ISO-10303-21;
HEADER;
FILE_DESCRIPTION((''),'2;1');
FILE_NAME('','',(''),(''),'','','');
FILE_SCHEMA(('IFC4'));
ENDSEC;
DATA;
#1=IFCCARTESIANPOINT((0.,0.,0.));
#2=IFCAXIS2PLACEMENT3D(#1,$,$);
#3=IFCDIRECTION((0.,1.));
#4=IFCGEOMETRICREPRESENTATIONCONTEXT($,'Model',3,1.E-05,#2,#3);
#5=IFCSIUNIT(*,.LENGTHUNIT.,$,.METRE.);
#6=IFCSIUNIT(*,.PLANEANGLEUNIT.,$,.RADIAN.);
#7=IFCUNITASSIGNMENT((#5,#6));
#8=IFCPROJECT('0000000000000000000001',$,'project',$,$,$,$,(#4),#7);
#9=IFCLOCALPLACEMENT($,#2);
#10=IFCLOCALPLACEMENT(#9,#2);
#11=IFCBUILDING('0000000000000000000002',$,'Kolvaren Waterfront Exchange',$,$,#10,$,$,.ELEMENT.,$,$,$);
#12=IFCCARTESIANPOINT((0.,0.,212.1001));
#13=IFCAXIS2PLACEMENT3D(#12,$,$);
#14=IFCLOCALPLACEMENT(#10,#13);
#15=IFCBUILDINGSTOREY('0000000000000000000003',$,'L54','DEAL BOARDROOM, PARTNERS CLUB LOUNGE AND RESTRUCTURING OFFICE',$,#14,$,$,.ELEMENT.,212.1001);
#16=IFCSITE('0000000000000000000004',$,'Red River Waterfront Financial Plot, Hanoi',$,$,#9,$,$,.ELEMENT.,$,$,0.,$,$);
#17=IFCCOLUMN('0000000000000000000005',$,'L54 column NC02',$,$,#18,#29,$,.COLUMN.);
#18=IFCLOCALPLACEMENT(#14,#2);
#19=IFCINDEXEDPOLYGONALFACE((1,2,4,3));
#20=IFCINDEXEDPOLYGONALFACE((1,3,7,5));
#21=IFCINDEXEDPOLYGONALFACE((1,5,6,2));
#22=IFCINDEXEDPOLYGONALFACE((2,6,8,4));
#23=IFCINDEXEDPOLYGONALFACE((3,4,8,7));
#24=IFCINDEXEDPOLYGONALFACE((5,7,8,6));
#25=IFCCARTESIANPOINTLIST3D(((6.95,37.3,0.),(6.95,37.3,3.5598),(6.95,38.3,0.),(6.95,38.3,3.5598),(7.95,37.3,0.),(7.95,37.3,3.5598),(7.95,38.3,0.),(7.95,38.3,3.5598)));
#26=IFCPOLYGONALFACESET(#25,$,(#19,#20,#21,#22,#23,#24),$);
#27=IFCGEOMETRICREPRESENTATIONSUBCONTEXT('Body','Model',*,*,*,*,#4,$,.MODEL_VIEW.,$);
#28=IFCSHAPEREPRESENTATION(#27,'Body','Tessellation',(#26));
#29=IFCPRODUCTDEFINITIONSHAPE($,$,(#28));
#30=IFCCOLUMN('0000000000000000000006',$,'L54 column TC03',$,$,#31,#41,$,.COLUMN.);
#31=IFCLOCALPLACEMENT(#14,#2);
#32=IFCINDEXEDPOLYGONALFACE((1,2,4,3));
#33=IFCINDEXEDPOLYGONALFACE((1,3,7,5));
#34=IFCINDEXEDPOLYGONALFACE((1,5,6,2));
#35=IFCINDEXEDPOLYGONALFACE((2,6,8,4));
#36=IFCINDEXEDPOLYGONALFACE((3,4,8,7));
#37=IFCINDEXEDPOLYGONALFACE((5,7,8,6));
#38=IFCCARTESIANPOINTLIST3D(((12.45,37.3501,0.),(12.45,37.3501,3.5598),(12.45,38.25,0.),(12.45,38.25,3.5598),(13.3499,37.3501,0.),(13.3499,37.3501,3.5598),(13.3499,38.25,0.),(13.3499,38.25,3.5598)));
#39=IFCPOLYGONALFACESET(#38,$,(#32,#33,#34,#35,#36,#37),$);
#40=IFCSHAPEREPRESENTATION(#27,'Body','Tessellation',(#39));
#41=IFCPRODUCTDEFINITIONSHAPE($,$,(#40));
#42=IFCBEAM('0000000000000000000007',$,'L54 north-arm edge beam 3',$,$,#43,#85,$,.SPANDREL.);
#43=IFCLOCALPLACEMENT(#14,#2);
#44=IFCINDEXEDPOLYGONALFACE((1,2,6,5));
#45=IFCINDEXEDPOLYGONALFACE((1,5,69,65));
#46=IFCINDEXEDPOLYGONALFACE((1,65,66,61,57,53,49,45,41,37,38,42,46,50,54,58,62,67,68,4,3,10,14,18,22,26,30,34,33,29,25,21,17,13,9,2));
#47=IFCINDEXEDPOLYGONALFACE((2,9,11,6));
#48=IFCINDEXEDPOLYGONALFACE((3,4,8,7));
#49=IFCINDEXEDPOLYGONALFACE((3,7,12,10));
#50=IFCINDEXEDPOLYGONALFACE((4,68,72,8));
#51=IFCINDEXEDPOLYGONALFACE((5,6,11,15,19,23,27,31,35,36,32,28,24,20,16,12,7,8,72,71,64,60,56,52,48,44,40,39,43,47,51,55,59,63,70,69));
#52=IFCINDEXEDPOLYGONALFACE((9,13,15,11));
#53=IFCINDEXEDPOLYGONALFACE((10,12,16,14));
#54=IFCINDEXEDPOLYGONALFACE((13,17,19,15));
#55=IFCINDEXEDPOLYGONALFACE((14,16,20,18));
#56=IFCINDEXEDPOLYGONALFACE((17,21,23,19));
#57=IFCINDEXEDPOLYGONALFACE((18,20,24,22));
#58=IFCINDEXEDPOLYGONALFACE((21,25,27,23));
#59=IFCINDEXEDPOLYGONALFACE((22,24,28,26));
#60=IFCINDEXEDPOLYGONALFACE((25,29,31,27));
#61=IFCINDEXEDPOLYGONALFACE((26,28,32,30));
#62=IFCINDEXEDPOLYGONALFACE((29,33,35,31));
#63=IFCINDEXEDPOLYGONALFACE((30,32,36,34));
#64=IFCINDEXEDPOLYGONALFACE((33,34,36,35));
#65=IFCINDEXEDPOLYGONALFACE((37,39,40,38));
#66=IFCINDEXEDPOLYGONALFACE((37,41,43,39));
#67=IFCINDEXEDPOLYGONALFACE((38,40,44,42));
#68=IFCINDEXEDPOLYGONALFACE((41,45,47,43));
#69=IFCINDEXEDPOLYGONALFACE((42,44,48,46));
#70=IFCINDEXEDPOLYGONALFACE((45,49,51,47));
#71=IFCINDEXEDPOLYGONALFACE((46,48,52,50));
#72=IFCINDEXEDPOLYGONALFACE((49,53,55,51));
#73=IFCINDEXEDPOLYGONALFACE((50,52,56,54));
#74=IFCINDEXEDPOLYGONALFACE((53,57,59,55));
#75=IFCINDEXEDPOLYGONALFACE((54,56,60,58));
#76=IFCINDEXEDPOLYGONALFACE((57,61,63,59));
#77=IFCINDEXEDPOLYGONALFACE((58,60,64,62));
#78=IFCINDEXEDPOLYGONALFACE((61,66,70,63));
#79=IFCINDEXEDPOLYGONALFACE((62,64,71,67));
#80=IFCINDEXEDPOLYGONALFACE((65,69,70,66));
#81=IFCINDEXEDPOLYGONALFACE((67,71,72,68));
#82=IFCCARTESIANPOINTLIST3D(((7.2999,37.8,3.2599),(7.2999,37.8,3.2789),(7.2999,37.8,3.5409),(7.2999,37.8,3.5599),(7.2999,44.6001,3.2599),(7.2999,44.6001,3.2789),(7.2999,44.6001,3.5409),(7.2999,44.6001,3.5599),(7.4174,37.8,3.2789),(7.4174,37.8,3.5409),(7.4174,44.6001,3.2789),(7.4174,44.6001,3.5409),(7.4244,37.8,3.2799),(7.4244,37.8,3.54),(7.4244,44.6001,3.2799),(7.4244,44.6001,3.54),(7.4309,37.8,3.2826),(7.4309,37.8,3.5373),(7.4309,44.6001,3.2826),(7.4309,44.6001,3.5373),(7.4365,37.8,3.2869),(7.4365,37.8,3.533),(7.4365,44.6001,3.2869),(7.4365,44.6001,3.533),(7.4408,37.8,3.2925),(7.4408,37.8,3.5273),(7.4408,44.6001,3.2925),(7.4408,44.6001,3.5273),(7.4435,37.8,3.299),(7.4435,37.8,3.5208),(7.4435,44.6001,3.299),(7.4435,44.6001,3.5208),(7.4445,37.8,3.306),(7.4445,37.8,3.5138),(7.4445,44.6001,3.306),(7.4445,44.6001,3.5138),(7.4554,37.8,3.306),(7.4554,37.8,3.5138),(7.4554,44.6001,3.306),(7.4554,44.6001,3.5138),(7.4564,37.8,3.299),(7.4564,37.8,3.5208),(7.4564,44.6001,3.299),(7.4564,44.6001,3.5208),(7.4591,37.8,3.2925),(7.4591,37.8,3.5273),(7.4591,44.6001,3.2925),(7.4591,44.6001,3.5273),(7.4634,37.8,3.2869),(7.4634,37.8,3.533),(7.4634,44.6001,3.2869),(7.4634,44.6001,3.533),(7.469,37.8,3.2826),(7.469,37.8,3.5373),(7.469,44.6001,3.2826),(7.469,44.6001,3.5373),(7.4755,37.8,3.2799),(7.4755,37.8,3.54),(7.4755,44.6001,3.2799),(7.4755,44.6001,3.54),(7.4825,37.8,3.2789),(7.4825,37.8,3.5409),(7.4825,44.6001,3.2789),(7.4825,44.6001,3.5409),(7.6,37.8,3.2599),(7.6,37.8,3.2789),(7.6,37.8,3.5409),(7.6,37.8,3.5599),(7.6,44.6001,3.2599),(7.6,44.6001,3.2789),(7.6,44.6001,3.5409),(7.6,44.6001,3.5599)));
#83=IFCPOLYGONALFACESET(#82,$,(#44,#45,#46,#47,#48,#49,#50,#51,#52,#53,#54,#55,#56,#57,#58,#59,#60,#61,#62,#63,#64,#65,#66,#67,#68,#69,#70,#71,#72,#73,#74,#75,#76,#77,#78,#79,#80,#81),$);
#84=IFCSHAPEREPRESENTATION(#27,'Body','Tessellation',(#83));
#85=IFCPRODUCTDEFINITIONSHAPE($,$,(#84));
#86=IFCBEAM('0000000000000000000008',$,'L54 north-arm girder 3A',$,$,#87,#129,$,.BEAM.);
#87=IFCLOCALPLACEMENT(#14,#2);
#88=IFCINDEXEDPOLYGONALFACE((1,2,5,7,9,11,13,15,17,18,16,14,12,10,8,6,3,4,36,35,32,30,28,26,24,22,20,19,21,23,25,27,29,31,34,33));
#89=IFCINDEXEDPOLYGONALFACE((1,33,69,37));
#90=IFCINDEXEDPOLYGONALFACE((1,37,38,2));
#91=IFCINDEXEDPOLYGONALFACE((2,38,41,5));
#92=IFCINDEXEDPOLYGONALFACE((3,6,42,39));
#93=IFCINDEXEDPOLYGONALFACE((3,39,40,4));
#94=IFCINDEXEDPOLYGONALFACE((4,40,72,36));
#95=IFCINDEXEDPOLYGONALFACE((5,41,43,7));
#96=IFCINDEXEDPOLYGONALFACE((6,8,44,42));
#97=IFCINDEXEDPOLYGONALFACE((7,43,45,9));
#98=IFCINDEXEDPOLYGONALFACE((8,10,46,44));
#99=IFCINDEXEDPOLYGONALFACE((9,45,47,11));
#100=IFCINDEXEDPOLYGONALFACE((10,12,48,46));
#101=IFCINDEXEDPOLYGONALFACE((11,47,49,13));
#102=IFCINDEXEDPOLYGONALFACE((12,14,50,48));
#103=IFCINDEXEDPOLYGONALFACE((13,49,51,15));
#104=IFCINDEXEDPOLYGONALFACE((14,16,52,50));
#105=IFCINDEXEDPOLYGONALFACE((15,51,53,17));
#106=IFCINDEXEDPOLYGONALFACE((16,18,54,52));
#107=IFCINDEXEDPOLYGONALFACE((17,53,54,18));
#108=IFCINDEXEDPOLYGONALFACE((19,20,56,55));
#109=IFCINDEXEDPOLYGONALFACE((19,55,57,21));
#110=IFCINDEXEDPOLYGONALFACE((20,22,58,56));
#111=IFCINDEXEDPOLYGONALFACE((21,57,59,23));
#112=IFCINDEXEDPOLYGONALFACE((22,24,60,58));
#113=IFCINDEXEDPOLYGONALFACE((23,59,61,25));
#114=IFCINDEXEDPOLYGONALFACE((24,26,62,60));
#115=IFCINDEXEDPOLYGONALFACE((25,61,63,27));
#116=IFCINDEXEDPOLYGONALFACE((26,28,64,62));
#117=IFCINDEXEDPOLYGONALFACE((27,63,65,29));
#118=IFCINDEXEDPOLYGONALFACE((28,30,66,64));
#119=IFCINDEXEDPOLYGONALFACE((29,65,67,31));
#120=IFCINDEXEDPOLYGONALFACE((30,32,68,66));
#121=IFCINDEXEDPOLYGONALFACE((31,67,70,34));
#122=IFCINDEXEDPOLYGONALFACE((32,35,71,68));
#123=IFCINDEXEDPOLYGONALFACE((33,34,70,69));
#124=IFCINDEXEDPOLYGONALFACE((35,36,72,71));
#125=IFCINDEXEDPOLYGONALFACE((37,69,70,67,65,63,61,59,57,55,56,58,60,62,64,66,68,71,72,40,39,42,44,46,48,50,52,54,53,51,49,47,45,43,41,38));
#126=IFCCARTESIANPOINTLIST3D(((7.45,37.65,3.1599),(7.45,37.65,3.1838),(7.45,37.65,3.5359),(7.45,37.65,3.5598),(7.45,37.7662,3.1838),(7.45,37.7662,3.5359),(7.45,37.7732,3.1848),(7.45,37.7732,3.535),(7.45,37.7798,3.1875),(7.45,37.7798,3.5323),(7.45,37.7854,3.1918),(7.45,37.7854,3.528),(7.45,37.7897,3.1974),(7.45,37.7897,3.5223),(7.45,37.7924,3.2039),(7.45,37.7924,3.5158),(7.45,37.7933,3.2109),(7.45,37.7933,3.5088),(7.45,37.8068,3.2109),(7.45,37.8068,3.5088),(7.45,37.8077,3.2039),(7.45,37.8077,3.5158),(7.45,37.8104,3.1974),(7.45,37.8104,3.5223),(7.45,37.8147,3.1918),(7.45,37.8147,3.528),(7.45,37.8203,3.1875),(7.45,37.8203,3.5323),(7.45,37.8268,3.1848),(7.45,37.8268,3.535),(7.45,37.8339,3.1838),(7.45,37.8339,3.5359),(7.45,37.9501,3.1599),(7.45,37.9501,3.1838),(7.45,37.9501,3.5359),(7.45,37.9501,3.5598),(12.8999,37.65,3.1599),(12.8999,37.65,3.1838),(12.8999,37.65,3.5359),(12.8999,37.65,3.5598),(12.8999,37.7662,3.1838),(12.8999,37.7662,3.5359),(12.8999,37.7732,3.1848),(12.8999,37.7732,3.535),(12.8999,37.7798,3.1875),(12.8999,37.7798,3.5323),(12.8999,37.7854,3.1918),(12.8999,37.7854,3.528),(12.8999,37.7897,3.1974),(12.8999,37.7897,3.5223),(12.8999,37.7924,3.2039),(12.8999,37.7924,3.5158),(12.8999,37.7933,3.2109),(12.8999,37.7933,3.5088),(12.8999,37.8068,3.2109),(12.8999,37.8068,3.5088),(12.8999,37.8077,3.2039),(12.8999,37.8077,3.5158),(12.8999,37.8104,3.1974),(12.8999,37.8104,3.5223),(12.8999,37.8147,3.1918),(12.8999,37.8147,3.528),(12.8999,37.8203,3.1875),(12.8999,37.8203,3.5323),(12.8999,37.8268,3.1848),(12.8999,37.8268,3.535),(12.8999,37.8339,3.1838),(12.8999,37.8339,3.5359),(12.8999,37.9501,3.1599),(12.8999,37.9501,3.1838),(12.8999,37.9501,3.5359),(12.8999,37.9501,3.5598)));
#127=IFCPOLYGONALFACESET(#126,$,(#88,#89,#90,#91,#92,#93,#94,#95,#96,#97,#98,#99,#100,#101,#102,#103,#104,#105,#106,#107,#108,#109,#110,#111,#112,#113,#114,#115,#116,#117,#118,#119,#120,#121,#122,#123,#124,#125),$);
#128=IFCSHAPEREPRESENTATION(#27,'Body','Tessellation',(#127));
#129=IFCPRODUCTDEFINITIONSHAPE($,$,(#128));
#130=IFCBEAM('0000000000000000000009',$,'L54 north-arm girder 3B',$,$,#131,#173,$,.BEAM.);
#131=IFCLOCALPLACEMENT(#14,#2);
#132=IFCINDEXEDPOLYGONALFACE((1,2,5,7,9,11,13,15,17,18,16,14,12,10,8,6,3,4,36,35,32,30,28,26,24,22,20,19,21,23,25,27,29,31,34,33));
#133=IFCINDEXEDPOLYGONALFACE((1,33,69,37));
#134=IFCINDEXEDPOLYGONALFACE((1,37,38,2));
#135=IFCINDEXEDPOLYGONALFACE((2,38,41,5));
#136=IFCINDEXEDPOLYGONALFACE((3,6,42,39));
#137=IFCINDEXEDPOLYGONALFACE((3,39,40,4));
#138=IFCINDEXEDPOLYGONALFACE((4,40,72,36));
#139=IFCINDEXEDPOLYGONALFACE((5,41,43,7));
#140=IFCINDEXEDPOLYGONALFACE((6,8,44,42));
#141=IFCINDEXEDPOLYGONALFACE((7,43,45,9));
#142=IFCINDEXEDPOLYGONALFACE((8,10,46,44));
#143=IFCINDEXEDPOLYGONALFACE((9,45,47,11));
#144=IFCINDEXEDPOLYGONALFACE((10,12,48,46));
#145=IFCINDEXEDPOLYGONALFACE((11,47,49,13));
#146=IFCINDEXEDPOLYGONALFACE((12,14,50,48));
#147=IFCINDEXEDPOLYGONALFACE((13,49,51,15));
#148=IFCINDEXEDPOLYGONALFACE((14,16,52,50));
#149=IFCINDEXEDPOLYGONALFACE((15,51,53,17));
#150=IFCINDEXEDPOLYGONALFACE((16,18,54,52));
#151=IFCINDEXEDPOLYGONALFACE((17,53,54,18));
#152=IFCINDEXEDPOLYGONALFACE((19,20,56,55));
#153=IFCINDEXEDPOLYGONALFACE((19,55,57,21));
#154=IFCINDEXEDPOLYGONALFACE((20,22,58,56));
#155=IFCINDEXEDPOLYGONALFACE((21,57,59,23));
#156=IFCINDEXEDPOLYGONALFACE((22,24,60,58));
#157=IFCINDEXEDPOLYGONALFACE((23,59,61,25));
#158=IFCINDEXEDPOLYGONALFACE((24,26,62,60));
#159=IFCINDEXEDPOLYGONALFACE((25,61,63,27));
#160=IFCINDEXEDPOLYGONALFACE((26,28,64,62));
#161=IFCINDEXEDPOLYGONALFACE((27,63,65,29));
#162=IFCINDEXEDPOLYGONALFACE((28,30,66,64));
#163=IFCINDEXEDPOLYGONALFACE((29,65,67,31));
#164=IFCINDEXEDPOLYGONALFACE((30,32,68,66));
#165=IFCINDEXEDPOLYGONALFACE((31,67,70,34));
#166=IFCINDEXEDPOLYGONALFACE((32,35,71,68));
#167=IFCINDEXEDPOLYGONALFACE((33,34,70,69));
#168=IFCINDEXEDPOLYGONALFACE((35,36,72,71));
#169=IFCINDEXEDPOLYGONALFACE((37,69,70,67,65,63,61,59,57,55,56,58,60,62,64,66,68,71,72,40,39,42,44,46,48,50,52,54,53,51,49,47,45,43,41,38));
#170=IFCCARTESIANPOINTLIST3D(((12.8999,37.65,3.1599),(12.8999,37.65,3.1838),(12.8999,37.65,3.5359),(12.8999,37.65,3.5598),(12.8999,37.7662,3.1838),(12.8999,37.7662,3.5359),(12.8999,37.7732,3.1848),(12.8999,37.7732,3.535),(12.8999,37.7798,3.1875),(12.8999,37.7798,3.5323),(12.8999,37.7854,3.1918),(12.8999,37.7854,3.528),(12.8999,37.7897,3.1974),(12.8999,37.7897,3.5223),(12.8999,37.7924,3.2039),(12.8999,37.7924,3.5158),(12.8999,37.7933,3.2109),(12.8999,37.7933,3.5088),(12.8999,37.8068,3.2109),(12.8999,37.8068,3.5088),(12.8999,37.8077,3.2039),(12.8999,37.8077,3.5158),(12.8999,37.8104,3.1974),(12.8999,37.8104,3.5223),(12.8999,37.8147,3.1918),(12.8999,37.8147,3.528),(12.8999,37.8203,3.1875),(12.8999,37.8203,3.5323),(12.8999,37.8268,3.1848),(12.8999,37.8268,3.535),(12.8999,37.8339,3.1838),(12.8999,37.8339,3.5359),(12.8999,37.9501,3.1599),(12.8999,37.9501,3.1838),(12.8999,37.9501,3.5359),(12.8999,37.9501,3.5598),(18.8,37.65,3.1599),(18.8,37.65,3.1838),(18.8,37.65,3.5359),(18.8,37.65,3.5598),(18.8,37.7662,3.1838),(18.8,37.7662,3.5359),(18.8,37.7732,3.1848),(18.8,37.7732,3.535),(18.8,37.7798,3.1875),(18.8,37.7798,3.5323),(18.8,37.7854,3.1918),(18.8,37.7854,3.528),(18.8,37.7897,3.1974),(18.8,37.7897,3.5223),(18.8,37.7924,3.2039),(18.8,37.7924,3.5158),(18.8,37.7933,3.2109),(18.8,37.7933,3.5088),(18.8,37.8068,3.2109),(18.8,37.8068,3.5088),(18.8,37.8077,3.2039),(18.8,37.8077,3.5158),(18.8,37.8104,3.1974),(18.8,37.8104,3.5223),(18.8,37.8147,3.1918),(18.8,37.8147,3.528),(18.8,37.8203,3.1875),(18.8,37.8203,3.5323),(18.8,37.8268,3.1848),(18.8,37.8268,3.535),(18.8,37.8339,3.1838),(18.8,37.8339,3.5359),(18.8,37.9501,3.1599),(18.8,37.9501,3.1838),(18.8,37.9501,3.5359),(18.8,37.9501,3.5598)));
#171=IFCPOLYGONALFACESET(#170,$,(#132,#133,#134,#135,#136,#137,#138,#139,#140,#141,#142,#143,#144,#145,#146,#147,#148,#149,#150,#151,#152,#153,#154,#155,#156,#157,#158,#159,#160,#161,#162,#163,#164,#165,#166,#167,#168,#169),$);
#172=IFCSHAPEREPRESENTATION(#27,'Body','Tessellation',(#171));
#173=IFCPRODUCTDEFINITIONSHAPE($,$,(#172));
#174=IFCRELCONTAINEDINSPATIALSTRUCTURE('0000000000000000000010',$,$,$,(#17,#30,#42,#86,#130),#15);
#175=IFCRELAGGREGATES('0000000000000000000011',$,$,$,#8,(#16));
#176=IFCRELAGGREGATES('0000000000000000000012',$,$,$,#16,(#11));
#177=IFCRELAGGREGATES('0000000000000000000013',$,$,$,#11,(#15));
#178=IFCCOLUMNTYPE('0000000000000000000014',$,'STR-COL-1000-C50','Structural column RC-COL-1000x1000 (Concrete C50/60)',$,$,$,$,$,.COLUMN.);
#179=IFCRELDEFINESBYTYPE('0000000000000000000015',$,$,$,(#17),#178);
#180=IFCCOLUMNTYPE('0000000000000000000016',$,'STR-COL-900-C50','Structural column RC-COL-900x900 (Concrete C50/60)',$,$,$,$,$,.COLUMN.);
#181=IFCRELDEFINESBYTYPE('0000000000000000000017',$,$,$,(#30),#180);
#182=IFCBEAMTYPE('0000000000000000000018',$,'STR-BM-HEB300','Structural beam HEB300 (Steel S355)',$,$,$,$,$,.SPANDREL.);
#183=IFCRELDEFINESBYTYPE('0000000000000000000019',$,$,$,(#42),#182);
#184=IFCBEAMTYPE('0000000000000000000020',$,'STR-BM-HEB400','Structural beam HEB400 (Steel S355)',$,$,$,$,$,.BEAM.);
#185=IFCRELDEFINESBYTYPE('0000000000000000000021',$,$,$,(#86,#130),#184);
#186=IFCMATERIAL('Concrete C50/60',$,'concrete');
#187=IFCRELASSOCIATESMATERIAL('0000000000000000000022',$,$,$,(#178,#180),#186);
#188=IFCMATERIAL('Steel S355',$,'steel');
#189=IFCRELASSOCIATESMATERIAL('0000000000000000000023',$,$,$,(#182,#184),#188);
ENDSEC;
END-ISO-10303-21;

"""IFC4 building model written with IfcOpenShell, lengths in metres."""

from ifc_helpers import new_model, si_unit, direction, frame, origin, origin_2d, place, context, subcontext, project, spatial, rectangle, i_section, extrude, material, material_profile, profile_set, type_object, element, save


model = new_model("IFC4")

# Units and contexts
model_context = context("Model", 3, precision=1e-05, world=origin(), true_north=direction((0.0, 1.0)))
body_context = subcontext(model_context, "Body", "Model", "MODEL_VIEW")
ifc_project = project(units=[si_unit("LENGTHUNIT", "METRE"), si_unit("PLANEANGLEUNIT", "RADIAN")], contexts=[model_context])

# Site, building, storey
site_placement = place(None, origin())
site = spatial("IfcSite", under=ifc_project, at=site_placement, Name="Red River Waterfront Financial Plot, Hanoi", CompositionType="ELEMENT", RefElevation=0.0)
building_placement = place(site_placement, origin())
building = spatial("IfcBuilding", under=site, at=building_placement, Name="Kolvaren Waterfront Exchange", CompositionType="ELEMENT")
storey_placement = place(building_placement, frame((0.0, 0.0, 212.1001)))
storey = spatial("IfcBuildingStorey", under=building, at=storey_placement, Name="L54", Description="DEAL BOARDROOM, PARTNERS CLUB LOUNGE AND RESTRUCTURING OFFICE", CompositionType="ELEMENT", Elevation=212.1001)

# Columns
ifc_material_1 = material(Name="Concrete C50/60", Category="concrete")
ifc_material_profile_1 = material_profile(ifc_material_1, rectangle(XDim=1.0, YDim=1.0, at=origin_2d()), Name="RC-COL-1000x1000")
ifc_profile_set_1 = profile_set([ifc_material_profile_1], Name="Concrete C50/60")
column_type_1 = type_object("IfcColumnType", Name="STR-COL-1000-C50", Description="Structural column RC-COL-1000x1000 (Concrete C50/60)", PredefinedType="COLUMN", material=ifc_profile_set_1)
column_1_placement = place(storey_placement, frame((7.45, 37.8, 0.0), z_axis=(0.0, 0.0, 1.0), x_axis=(1.0, 0.0, 0.0)))
element("IfcColumn", 1, at=column_1_placement, inside=storey, type_object=column_type_1, Name="L54 column NC02", PredefinedType="COLUMN", context=body_context, shape_type="SweptSolid", body=[
    extrude(rectangle(XDim=1.0, YDim=1.0, at=origin_2d()), origin(), (0.0, 0.0, 1.0), 3.5598),
])
ifc_material_profile_2 = material_profile(ifc_material_1, rectangle(XDim=0.8999, YDim=0.8999, at=origin_2d()), Name="RC-COL-900x900")
ifc_profile_set_2 = profile_set([ifc_material_profile_2], Name="Concrete C50/60")
column_type_2 = type_object("IfcColumnType", Name="STR-COL-900-C50", Description="Structural column RC-COL-900x900 (Concrete C50/60)", PredefinedType="COLUMN", material=ifc_profile_set_2)
column_2_placement = place(storey_placement, frame((12.8999, 37.8, 0.0), z_axis=(0.0, 0.0, 1.0), x_axis=(1.0, 0.0, 0.0)))
element("IfcColumn", 2, at=column_2_placement, inside=storey, type_object=column_type_2, Name="L54 column TC03", PredefinedType="COLUMN", context=body_context, shape_type="SweptSolid", body=[
    extrude(rectangle(XDim=0.8999, YDim=0.8999, at=origin_2d()), origin(), (0.0, 0.0, 1.0), 3.5598),
])

# Beams
ifc_material_2 = material(Name="Steel S355", Category="steel")
ifc_material_profile_3 = material_profile(ifc_material_2, i_section(OverallWidth=0.3, OverallDepth=0.3, WebThickness=0.011, FlangeThickness=0.019, FilletRadius=0.0271, at=origin_2d()), Name="HEB300")
ifc_profile_set_3 = profile_set([ifc_material_profile_3], Name="Steel S355")
beam_type_1 = type_object("IfcBeamType", Name="STR-BM-HEB300", Description="Structural beam HEB300 (Steel S355)", PredefinedType="SPANDREL", material=ifc_profile_set_3)
beam_1_placement = place(storey_placement, frame((7.45, 37.8, 3.4099), z_axis=(0.0, 1.0, 0.0), x_axis=(-1.0, 0.0, 0.0)))
element("IfcBeam", 3, at=beam_1_placement, inside=storey, type_object=beam_type_1, Name="L54 north-arm edge beam 3", PredefinedType="SPANDREL", context=body_context, shape_type="SweptSolid", body=[
    extrude(i_section(OverallWidth=0.3, OverallDepth=0.3, WebThickness=0.011, FlangeThickness=0.019, FilletRadius=0.0271, at=origin_2d()), origin(), (0.0, 0.0, 1.0), 6.8),
])
ifc_material_profile_4 = material_profile(ifc_material_2, i_section(OverallWidth=0.3, OverallDepth=0.3999, WebThickness=0.0134, FlangeThickness=0.0239, FilletRadius=0.0271, at=origin_2d()), Name="HEB400")
ifc_profile_set_4 = profile_set([ifc_material_profile_4], Name="Steel S355")
beam_type_2 = type_object("IfcBeamType", Name="STR-BM-HEB400", Description="Structural beam HEB400 (Steel S355)", PredefinedType="BEAM", material=ifc_profile_set_4)
beam_2_placement = place(storey_placement, frame((7.45, 37.8, 3.3599), z_axis=(1.0, 0.0, 0.0), x_axis=(0.0, 1.0, 0.0)))
element("IfcBeam", 4, at=beam_2_placement, inside=storey, type_object=beam_type_2, Name="L54 north-arm girder 3A", PredefinedType="BEAM", context=body_context, shape_type="SweptSolid", body=[
    extrude(i_section(OverallWidth=0.3, OverallDepth=0.3999, WebThickness=0.0134, FlangeThickness=0.0239, FilletRadius=0.0271, at=origin_2d()), origin(), (0.0, 0.0, 1.0), 5.45),
])
beam_3_placement = place(storey_placement, frame((12.8999, 37.8, 3.3599), z_axis=(1.0, 0.0, 0.0), x_axis=(0.0, 1.0, 0.0)))
element("IfcBeam", 5, at=beam_3_placement, inside=storey, type_object=beam_type_2, Name="L54 north-arm girder 3B", PredefinedType="BEAM", context=body_context, shape_type="SweptSolid", body=[
    extrude(i_section(OverallWidth=0.3, OverallDepth=0.3999, WebThickness=0.0134, FlangeThickness=0.0239, FilletRadius=0.0271, at=origin_2d()), origin(), (0.0, 0.0, 1.0), 5.9001),
])

save(model, "model.ifc")
